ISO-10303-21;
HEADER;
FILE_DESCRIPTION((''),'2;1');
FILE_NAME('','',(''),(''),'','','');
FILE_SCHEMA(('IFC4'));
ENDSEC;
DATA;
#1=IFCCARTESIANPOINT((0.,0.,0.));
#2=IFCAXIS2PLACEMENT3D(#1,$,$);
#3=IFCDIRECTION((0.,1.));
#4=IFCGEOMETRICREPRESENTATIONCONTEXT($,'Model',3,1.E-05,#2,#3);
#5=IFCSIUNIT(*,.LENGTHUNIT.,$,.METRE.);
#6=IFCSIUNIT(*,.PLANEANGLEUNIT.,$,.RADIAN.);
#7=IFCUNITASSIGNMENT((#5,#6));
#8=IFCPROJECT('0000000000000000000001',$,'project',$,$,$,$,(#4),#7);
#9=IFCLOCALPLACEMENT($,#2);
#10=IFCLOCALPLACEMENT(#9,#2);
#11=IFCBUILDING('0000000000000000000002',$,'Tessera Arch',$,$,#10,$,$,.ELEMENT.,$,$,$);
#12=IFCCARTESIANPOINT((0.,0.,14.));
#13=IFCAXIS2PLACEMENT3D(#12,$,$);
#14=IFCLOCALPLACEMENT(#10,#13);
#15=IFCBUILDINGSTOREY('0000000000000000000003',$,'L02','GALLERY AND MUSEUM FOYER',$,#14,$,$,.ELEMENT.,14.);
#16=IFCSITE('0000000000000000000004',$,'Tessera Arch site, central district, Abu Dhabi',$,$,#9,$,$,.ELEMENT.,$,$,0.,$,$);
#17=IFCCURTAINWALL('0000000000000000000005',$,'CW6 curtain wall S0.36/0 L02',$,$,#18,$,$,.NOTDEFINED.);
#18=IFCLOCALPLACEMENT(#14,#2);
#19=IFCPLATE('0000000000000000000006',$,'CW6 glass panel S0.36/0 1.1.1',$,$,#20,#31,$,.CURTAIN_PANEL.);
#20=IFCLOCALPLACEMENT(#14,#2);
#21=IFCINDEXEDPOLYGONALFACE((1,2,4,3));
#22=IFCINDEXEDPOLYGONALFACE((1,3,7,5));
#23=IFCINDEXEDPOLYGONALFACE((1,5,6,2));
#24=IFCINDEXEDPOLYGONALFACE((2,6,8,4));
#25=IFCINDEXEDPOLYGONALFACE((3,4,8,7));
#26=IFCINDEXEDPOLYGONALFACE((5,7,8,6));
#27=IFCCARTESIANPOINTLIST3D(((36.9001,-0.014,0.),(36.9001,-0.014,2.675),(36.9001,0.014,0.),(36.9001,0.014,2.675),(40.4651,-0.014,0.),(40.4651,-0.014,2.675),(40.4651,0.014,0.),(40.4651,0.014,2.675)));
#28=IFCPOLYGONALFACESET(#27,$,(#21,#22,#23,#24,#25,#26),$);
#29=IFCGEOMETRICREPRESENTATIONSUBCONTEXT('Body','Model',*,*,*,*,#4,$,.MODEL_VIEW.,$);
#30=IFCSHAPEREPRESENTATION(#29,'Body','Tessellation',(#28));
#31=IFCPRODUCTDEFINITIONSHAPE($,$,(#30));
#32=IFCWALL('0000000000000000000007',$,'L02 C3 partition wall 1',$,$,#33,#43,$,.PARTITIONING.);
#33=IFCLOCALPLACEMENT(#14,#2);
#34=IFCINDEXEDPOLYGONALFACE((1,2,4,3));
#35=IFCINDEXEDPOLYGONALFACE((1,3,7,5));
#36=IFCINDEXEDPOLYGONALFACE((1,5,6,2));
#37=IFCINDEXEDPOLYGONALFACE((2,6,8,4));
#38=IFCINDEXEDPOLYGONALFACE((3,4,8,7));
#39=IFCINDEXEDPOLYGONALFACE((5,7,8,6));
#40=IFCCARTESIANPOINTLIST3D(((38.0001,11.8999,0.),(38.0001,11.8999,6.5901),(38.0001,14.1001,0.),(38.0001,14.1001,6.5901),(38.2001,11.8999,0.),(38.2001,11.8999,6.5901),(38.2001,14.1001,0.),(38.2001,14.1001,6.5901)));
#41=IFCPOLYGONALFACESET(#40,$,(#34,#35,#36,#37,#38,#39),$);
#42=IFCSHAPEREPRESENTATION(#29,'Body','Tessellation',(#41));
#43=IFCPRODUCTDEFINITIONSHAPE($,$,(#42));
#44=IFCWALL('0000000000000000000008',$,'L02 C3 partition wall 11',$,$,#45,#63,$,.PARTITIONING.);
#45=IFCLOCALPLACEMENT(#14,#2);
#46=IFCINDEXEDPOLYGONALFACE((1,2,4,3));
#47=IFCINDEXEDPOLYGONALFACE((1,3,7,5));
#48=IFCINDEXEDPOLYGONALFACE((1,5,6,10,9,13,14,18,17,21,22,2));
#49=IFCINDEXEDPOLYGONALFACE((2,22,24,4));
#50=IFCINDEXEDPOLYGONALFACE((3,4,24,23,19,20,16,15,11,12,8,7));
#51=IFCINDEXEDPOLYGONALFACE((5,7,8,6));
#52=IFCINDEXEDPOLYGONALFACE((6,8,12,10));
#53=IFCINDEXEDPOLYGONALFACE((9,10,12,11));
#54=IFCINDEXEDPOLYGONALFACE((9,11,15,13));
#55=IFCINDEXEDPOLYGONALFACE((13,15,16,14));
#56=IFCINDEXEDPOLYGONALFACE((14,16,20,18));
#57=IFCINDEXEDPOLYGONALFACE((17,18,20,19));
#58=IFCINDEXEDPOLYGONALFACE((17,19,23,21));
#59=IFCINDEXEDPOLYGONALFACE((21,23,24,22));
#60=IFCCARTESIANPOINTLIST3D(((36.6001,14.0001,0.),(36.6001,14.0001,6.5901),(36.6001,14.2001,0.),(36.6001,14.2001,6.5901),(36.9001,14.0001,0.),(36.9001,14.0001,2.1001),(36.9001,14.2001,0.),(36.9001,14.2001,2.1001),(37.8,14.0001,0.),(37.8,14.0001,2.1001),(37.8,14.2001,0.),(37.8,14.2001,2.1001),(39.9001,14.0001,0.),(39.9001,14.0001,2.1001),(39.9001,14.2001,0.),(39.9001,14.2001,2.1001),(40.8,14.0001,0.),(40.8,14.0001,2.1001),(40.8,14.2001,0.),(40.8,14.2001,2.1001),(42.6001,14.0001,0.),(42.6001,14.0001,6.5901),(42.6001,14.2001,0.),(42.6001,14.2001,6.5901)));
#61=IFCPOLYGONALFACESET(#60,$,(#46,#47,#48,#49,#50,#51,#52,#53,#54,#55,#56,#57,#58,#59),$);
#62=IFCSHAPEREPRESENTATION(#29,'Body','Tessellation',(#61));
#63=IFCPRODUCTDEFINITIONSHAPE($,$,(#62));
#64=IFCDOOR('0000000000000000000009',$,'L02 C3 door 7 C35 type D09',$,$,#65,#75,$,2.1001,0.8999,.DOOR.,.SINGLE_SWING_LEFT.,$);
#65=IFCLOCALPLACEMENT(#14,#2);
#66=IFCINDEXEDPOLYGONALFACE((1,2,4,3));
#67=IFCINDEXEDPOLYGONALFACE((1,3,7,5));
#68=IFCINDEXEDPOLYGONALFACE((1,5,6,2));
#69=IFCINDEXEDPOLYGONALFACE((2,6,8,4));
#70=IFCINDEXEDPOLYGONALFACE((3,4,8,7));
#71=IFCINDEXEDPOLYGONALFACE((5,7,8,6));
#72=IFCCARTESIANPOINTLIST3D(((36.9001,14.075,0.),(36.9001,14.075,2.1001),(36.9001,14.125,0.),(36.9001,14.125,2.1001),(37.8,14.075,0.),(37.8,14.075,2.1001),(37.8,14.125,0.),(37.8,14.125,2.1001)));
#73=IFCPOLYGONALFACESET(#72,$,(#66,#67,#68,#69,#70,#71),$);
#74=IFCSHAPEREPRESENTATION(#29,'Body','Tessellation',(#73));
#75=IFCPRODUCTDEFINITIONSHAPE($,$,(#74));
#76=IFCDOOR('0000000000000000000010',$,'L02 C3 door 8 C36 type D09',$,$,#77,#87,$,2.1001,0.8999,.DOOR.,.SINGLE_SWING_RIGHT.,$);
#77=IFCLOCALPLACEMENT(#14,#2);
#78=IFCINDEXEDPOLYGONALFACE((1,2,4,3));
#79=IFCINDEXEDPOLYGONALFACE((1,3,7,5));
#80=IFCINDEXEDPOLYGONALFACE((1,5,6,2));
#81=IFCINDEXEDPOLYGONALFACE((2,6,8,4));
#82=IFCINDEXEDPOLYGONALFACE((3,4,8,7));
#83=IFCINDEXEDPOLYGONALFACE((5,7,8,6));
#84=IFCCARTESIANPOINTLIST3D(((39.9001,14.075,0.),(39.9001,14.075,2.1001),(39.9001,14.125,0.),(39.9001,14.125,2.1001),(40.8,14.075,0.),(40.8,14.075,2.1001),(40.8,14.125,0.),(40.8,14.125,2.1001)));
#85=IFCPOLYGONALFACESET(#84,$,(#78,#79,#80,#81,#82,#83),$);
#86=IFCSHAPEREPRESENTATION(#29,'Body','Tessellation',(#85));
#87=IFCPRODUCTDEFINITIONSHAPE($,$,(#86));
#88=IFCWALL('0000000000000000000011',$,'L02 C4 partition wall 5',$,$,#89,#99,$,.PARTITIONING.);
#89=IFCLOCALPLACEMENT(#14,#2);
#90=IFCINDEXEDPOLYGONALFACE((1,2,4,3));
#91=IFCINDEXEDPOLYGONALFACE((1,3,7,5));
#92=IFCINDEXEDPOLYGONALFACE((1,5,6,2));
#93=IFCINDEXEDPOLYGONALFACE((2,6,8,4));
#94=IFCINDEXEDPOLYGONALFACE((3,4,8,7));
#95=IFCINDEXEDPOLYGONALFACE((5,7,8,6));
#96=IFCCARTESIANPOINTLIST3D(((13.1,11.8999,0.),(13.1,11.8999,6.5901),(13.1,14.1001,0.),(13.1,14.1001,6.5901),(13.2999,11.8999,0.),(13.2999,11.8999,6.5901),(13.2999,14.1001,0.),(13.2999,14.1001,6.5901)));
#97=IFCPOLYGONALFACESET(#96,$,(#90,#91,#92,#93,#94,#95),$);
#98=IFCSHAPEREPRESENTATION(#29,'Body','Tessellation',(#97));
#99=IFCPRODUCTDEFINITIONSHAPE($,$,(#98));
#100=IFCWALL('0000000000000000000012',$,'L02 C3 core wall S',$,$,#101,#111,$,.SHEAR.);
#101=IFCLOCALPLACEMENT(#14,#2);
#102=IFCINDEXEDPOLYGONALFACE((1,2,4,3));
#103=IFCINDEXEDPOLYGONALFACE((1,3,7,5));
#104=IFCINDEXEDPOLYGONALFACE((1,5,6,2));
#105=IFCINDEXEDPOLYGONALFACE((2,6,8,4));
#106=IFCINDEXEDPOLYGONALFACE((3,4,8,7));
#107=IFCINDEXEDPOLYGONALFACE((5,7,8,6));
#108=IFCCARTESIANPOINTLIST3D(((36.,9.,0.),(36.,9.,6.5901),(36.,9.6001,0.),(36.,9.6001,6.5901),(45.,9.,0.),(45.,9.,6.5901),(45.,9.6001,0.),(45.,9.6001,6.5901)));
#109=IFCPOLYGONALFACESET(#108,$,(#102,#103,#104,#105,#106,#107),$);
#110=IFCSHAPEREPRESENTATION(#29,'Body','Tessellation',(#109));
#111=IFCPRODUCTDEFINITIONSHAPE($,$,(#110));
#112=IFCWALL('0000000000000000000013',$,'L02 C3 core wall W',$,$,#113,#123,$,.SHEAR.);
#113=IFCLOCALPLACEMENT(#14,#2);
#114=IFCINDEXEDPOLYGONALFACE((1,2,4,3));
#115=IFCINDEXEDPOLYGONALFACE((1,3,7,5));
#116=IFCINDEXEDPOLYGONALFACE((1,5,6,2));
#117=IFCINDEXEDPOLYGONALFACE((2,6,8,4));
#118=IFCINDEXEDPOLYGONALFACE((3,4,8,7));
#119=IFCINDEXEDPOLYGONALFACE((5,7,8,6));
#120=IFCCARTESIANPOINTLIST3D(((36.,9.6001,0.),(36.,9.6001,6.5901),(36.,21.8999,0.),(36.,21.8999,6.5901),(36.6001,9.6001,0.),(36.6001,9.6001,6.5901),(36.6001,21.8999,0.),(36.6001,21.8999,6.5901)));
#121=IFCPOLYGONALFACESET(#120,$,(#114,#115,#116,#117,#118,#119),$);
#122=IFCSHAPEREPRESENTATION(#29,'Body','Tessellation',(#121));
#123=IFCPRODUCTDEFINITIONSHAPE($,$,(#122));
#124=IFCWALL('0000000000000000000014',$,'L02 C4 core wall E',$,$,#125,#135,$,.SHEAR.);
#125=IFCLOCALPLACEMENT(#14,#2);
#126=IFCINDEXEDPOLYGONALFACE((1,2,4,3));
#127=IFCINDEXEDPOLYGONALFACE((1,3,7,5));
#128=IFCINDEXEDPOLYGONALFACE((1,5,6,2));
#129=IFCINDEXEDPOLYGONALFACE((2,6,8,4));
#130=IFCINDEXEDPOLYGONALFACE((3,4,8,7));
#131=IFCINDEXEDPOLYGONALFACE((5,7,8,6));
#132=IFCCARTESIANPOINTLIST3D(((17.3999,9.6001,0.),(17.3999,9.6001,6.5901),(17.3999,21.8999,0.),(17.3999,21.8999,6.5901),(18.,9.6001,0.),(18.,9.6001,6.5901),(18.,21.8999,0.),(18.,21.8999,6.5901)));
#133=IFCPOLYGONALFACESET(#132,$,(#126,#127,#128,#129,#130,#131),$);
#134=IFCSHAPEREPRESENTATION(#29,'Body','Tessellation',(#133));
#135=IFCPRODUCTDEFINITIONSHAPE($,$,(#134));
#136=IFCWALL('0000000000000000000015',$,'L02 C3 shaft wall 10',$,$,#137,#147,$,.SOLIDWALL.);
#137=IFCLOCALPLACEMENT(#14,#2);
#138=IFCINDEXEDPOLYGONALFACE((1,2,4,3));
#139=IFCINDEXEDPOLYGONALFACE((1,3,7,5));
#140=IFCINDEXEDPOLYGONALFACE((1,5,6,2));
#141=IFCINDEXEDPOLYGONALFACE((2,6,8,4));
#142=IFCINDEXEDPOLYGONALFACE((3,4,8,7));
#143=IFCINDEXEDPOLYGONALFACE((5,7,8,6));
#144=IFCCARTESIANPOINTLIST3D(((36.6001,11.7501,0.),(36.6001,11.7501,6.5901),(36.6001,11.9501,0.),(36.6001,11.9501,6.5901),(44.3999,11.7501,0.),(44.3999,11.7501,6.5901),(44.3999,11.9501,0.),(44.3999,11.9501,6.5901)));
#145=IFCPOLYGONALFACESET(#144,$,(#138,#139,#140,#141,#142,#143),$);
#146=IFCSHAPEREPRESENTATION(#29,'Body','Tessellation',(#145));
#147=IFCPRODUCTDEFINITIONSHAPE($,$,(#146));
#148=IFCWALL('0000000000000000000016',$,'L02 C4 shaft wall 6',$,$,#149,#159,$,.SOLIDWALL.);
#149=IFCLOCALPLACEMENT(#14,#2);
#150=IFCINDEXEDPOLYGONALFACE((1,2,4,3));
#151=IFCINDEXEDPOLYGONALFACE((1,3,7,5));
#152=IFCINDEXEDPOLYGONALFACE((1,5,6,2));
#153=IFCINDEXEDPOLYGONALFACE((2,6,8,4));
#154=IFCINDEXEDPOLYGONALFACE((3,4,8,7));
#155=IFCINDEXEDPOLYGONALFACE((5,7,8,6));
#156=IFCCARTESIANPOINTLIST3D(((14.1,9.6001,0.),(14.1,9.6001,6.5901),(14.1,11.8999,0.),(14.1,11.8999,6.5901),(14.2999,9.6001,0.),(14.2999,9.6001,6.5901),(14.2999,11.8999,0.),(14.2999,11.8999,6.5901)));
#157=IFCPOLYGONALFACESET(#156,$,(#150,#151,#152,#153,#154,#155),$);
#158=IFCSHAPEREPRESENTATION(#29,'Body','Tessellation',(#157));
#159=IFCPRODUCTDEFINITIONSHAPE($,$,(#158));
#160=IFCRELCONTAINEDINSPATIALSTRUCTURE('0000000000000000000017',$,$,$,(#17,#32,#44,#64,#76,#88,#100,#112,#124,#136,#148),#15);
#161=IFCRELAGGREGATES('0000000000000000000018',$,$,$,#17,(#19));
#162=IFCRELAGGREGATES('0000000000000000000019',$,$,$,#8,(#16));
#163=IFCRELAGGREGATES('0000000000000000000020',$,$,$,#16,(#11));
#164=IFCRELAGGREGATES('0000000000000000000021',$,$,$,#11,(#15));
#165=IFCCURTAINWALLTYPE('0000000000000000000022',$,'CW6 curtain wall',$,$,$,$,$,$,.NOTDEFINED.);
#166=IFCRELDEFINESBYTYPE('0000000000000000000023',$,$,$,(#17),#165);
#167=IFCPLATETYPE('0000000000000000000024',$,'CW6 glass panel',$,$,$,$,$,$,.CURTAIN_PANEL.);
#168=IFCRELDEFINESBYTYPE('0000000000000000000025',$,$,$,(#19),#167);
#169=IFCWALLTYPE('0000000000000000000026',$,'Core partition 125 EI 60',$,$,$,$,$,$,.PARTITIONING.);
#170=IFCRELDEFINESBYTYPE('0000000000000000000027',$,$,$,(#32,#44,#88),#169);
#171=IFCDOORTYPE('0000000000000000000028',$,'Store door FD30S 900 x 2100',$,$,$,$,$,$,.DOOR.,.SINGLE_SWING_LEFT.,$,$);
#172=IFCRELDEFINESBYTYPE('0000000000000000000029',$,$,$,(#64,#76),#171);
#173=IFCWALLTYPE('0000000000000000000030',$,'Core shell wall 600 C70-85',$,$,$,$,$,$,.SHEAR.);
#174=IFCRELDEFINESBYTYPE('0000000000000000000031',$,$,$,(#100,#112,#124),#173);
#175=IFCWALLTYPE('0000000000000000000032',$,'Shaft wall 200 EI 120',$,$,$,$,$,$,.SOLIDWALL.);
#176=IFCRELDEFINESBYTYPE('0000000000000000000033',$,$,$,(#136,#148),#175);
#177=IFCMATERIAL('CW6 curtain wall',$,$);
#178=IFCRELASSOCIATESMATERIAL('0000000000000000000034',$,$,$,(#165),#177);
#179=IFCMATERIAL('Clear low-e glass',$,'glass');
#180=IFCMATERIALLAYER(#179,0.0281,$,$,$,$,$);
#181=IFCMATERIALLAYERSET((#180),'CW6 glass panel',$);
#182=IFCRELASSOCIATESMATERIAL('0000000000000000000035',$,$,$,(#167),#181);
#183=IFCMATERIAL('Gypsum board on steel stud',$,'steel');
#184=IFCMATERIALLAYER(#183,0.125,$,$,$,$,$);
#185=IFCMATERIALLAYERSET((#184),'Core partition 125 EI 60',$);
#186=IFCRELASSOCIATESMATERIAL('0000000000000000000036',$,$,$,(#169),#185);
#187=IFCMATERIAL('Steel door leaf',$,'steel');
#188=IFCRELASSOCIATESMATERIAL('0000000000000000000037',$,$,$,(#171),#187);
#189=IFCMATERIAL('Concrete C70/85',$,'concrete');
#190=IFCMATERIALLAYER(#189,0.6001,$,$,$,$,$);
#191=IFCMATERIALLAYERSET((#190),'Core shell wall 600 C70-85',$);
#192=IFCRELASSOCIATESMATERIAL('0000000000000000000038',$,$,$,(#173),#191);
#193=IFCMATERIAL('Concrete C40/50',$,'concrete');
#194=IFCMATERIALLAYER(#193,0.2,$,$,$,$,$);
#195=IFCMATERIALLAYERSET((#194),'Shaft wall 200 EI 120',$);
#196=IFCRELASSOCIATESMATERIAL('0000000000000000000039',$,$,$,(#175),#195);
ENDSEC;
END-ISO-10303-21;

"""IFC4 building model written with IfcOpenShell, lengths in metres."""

from ifc_helpers import new_model, si_unit, direction, frame, frame_2d, origin, origin_2d, place, context, subcontext, project, spatial, rectangle, extrude, material, layer, layer_set, type_object, element, fill, aggregate, save


model = new_model("IFC4")

# Units and contexts
model_context = context("Model", 3, precision=1e-05, world=origin(), true_north=direction((0.0, 1.0)))
body_context = subcontext(model_context, "Body", "Model", "MODEL_VIEW")
ifc_project = project(units=[si_unit("LENGTHUNIT", "METRE"), si_unit("PLANEANGLEUNIT", "RADIAN")], contexts=[model_context])

# Site, building, storey
site_placement = place(None, origin())
site = spatial("IfcSite", under=ifc_project, at=site_placement, Name="Tessera Arch site, central district, Abu Dhabi", CompositionType="ELEMENT", RefElevation=0.0)
building_placement = place(site_placement, origin())
building = spatial("IfcBuilding", under=site, at=building_placement, Name="Tessera Arch", CompositionType="ELEMENT")
storey_placement = place(building_placement, frame((0.0, 0.0, 14.0)))
storey = spatial("IfcBuildingStorey", under=building, at=storey_placement, Name="L02", Description="GALLERY AND MUSEUM FOYER", CompositionType="ELEMENT", Elevation=14.0)

# Curtain wall, plate
ifc_material_1 = material(Name="CW6 curtain wall")
curtain_wall_type = type_object("IfcCurtainWallType", Name="CW6 curtain wall", PredefinedType="NOTDEFINED", material=ifc_material_1)
curtain_wall_placement = place(storey_placement, origin())
curtain_wall = element("IfcCurtainWall", 1, at=curtain_wall_placement, inside=storey, type_object=curtain_wall_type, Name="CW6 curtain wall S0.36/0 L02", PredefinedType="NOTDEFINED")
ifc_material_2 = material(Name="Clear low-e glass", Category="glass")
ifc_layer_1 = layer(ifc_material_2, 0.0281)
ifc_layer_set_1 = layer_set([ifc_layer_1], Name="CW6 glass panel")
plate_type = type_object("IfcPlateType", Name="CW6 glass panel", PredefinedType="CURTAIN_PANEL", material=ifc_layer_set_1)
plate_placement = place(storey_placement, frame((38.6826, 0.0, 0.0), z_axis=(0.0, 0.0, 1.0), x_axis=(1.0, 0.0, 0.0)))
plate = element("IfcPlate", 2, at=plate_placement, type_object=plate_type, Name="CW6 glass panel S0.36/0 1.1.1", PredefinedType="CURTAIN_PANEL", context=body_context, shape_type="SweptSolid", body=[
    extrude(rectangle(XDim=3.5649, YDim=0.0281, at=origin_2d()), origin(), (0.0, 0.0, 1.0), 2.675),
])
aggregate(curtain_wall, [plate])

# Wall
ifc_material_3 = material(Name="Gypsum board on steel stud", Category="steel")
ifc_layer_2 = layer(ifc_material_3, 0.125)
ifc_layer_set_2 = layer_set([ifc_layer_2], Name="Core partition 125 EI 60")
wall_type_1 = type_object("IfcWallType", Name="Core partition 125 EI 60", PredefinedType="PARTITIONING", material=ifc_layer_set_2)
wall_1_placement = place(storey_placement, frame((38.1001, 11.8999, 0.0), z_axis=(0.0, 0.0, 1.0), x_axis=(0.0, 1.0, 0.0)))
element("IfcWall", 3, at=wall_1_placement, inside=storey, type_object=wall_type_1, Name="L02 C3 partition wall 1", PredefinedType="PARTITIONING", context=body_context, shape_type="SweptSolid", body=[
    extrude(rectangle(XDim=2.2002, YDim=0.2, at=frame_2d((1.1001, 0.0))), origin(), (0.0, 0.0, 1.0), 6.5901),
])

# Wall, openings, doors
wall_2_placement = place(storey_placement, frame((36.6001, 14.1001, 0.0), z_axis=(0.0, 0.0, 1.0), x_axis=(1.0, 0.0, 0.0)))
wall_2 = element("IfcWall", 4, at=wall_2_placement, inside=storey, type_object=wall_type_1, Name="L02 C3 partition wall 11", PredefinedType="PARTITIONING", context=body_context, shape_type="SweptSolid", body=[
    extrude(rectangle(XDim=6.0, YDim=0.2, at=frame_2d((3.0, 0.0))), origin(), (0.0, 0.0, 1.0), 6.5901),
])
opening_1_placement = place(wall_2_placement, frame((0.3, 0.0, 0.0)))
opening_1 = element("IfcOpeningElement", 5, at=opening_1_placement, cuts=wall_2, PredefinedType="OPENING", context=body_context, shape_type="SweptSolid", body=[
    extrude(rectangle(XDim=0.8999, YDim=2.1001, at=frame_2d((0.45, 1.05))), frame((0.0, 0.1099, 0.0), z_axis=(0.0, -1.0, 0.0), x_axis=(1.0, 0.0, 0.0)), (0.0, 0.0, 1.0), 0.22),
])
opening_2_placement = place(wall_2_placement, frame((3.3, 0.0, 0.0)))
opening_2 = element("IfcOpeningElement", 6, at=opening_2_placement, cuts=wall_2, PredefinedType="OPENING", context=body_context, shape_type="SweptSolid", body=[
    extrude(rectangle(XDim=0.8999, YDim=2.1001, at=frame_2d((0.45, 1.05))), frame((0.0, 0.1099, 0.0), z_axis=(0.0, -1.0, 0.0), x_axis=(1.0, 0.0, 0.0)), (0.0, 0.0, 1.0), 0.22),
])
ifc_material_4 = material(Name="Steel door leaf", Category="steel")
door_type_1 = type_object("IfcDoorType", Name="Store door FD30S 900 x 2100", OperationType="SINGLE_SWING_LEFT", PredefinedType="DOOR", material=ifc_material_4)
door_1_placement = place(opening_1_placement, origin())
door_1 = element("IfcDoor", 7, at=door_1_placement, inside=storey, type_object=door_type_1, Name="L02 C3 door 7 C35 type D09", OperationType="SINGLE_SWING_LEFT", OverallHeight=2.1001, OverallWidth=0.8999, PredefinedType="DOOR", context=body_context, shape_type="SweptSolid", body=[
    extrude(rectangle(XDim=0.8999, YDim=2.1001, at=frame_2d((0.45, 1.05))), frame((0.0, 0.0249, 0.0), z_axis=(0.0, -1.0, 0.0), x_axis=(1.0, 0.0, 0.0)), (0.0, 0.0, 1.0), 0.05),
])
fill(opening_1, door_1)
door_2_placement = place(opening_2_placement, origin())
door_2 = element("IfcDoor", 8, at=door_2_placement, inside=storey, type_object=door_type_1, Name="L02 C3 door 8 C36 type D09", OperationType="SINGLE_SWING_RIGHT", OverallHeight=2.1001, OverallWidth=0.8999, PredefinedType="DOOR", context=body_context, shape_type="SweptSolid", body=[
    extrude(rectangle(XDim=0.8999, YDim=2.1001, at=frame_2d((0.45, 1.05))), frame((0.0, 0.0249, 0.0), z_axis=(0.0, -1.0, 0.0), x_axis=(1.0, 0.0, 0.0)), (0.0, 0.0, 1.0), 0.05),
])
fill(opening_2, door_2)

# Walls
wall_3_placement = place(storey_placement, frame((13.2, 11.8999, 0.0), z_axis=(0.0, 0.0, 1.0), x_axis=(0.0, 1.0, 0.0)))
element("IfcWall", 9, at=wall_3_placement, inside=storey, type_object=wall_type_1, Name="L02 C4 partition wall 5", PredefinedType="PARTITIONING", context=body_context, shape_type="SweptSolid", body=[
    extrude(rectangle(XDim=2.2002, YDim=0.2, at=frame_2d((1.1001, 0.0))), origin(), (0.0, 0.0, 1.0), 6.5901),
])
ifc_material_5 = material(Name="Concrete C70/85", Category="concrete")
ifc_layer_3 = layer(ifc_material_5, 0.6001)
ifc_layer_set_3 = layer_set([ifc_layer_3], Name="Core shell wall 600 C70-85")
wall_type_2 = type_object("IfcWallType", Name="Core shell wall 600 C70-85", PredefinedType="SHEAR", material=ifc_layer_set_3)
wall_4_placement = place(storey_placement, frame((36.0, 9.3, 0.0), z_axis=(0.0, 0.0, 1.0), x_axis=(1.0, 0.0, 0.0)))
element("IfcWall", 10, at=wall_4_placement, inside=storey, type_object=wall_type_2, Name="L02 C3 core wall S", PredefinedType="SHEAR", context=body_context, shape_type="SweptSolid", body=[
    extrude(rectangle(XDim=9.0, YDim=0.6001, at=frame_2d((4.5, 0.0))), origin(), (0.0, 0.0, 1.0), 6.5901),
])
for number, where, z_axis, x_axis, name in (
    (11, (36.3, 9.6001, 0.0), (0.0, 0.0, 1.0), (0.0, 1.0, 0.0), "L02 C3 core wall W"),
    (12, (17.7, 9.6001, 0.0), (0.0, 0.0, 1.0), (0.0, 1.0, 0.0), "L02 C4 core wall E"),
):
    element("IfcWall", number, at=place(storey_placement, frame(where, z_axis=z_axis, x_axis=x_axis)), inside=storey, type_object=wall_type_2, Name=name, PredefinedType="SHEAR", context=body_context, shape_type="SweptSolid", body=[
        extrude(rectangle(XDim=12.2998, YDim=0.6001, at=frame_2d((6.1499, 0.0))), origin(), (0.0, 0.0, 1.0), 6.5901),
    ])
ifc_material_6 = material(Name="Concrete C40/50", Category="concrete")
ifc_layer_4 = layer(ifc_material_6, 0.2)
ifc_layer_set_4 = layer_set([ifc_layer_4], Name="Shaft wall 200 EI 120")
wall_type_3 = type_object("IfcWallType", Name="Shaft wall 200 EI 120", PredefinedType="SOLIDWALL", material=ifc_layer_set_4)
wall_5_placement = place(storey_placement, frame((36.6001, 11.8501, 0.0), z_axis=(0.0, 0.0, 1.0), x_axis=(1.0, 0.0, 0.0)))
element("IfcWall", 13, at=wall_5_placement, inside=storey, type_object=wall_type_3, Name="L02 C3 shaft wall 10", PredefinedType="SOLIDWALL", context=body_context, shape_type="SweptSolid", body=[
    extrude(rectangle(XDim=7.7998, YDim=0.2, at=frame_2d((3.8999, 0.0))), origin(), (0.0, 0.0, 1.0), 6.5901),
])
wall_6_placement = place(storey_placement, frame((14.2, 9.6001, 0.0), z_axis=(0.0, 0.0, 1.0), x_axis=(0.0, 1.0, 0.0)))
element("IfcWall", 14, at=wall_6_placement, inside=storey, type_object=wall_type_3, Name="L02 C4 shaft wall 6", PredefinedType="SOLIDWALL", context=body_context, shape_type="SweptSolid", body=[
    extrude(rectangle(XDim=2.2998, YDim=0.2, at=frame_2d((1.1499, 0.0))), origin(), (0.0, 0.0, 1.0), 6.5901),
])

save(model, "model.ifc")
